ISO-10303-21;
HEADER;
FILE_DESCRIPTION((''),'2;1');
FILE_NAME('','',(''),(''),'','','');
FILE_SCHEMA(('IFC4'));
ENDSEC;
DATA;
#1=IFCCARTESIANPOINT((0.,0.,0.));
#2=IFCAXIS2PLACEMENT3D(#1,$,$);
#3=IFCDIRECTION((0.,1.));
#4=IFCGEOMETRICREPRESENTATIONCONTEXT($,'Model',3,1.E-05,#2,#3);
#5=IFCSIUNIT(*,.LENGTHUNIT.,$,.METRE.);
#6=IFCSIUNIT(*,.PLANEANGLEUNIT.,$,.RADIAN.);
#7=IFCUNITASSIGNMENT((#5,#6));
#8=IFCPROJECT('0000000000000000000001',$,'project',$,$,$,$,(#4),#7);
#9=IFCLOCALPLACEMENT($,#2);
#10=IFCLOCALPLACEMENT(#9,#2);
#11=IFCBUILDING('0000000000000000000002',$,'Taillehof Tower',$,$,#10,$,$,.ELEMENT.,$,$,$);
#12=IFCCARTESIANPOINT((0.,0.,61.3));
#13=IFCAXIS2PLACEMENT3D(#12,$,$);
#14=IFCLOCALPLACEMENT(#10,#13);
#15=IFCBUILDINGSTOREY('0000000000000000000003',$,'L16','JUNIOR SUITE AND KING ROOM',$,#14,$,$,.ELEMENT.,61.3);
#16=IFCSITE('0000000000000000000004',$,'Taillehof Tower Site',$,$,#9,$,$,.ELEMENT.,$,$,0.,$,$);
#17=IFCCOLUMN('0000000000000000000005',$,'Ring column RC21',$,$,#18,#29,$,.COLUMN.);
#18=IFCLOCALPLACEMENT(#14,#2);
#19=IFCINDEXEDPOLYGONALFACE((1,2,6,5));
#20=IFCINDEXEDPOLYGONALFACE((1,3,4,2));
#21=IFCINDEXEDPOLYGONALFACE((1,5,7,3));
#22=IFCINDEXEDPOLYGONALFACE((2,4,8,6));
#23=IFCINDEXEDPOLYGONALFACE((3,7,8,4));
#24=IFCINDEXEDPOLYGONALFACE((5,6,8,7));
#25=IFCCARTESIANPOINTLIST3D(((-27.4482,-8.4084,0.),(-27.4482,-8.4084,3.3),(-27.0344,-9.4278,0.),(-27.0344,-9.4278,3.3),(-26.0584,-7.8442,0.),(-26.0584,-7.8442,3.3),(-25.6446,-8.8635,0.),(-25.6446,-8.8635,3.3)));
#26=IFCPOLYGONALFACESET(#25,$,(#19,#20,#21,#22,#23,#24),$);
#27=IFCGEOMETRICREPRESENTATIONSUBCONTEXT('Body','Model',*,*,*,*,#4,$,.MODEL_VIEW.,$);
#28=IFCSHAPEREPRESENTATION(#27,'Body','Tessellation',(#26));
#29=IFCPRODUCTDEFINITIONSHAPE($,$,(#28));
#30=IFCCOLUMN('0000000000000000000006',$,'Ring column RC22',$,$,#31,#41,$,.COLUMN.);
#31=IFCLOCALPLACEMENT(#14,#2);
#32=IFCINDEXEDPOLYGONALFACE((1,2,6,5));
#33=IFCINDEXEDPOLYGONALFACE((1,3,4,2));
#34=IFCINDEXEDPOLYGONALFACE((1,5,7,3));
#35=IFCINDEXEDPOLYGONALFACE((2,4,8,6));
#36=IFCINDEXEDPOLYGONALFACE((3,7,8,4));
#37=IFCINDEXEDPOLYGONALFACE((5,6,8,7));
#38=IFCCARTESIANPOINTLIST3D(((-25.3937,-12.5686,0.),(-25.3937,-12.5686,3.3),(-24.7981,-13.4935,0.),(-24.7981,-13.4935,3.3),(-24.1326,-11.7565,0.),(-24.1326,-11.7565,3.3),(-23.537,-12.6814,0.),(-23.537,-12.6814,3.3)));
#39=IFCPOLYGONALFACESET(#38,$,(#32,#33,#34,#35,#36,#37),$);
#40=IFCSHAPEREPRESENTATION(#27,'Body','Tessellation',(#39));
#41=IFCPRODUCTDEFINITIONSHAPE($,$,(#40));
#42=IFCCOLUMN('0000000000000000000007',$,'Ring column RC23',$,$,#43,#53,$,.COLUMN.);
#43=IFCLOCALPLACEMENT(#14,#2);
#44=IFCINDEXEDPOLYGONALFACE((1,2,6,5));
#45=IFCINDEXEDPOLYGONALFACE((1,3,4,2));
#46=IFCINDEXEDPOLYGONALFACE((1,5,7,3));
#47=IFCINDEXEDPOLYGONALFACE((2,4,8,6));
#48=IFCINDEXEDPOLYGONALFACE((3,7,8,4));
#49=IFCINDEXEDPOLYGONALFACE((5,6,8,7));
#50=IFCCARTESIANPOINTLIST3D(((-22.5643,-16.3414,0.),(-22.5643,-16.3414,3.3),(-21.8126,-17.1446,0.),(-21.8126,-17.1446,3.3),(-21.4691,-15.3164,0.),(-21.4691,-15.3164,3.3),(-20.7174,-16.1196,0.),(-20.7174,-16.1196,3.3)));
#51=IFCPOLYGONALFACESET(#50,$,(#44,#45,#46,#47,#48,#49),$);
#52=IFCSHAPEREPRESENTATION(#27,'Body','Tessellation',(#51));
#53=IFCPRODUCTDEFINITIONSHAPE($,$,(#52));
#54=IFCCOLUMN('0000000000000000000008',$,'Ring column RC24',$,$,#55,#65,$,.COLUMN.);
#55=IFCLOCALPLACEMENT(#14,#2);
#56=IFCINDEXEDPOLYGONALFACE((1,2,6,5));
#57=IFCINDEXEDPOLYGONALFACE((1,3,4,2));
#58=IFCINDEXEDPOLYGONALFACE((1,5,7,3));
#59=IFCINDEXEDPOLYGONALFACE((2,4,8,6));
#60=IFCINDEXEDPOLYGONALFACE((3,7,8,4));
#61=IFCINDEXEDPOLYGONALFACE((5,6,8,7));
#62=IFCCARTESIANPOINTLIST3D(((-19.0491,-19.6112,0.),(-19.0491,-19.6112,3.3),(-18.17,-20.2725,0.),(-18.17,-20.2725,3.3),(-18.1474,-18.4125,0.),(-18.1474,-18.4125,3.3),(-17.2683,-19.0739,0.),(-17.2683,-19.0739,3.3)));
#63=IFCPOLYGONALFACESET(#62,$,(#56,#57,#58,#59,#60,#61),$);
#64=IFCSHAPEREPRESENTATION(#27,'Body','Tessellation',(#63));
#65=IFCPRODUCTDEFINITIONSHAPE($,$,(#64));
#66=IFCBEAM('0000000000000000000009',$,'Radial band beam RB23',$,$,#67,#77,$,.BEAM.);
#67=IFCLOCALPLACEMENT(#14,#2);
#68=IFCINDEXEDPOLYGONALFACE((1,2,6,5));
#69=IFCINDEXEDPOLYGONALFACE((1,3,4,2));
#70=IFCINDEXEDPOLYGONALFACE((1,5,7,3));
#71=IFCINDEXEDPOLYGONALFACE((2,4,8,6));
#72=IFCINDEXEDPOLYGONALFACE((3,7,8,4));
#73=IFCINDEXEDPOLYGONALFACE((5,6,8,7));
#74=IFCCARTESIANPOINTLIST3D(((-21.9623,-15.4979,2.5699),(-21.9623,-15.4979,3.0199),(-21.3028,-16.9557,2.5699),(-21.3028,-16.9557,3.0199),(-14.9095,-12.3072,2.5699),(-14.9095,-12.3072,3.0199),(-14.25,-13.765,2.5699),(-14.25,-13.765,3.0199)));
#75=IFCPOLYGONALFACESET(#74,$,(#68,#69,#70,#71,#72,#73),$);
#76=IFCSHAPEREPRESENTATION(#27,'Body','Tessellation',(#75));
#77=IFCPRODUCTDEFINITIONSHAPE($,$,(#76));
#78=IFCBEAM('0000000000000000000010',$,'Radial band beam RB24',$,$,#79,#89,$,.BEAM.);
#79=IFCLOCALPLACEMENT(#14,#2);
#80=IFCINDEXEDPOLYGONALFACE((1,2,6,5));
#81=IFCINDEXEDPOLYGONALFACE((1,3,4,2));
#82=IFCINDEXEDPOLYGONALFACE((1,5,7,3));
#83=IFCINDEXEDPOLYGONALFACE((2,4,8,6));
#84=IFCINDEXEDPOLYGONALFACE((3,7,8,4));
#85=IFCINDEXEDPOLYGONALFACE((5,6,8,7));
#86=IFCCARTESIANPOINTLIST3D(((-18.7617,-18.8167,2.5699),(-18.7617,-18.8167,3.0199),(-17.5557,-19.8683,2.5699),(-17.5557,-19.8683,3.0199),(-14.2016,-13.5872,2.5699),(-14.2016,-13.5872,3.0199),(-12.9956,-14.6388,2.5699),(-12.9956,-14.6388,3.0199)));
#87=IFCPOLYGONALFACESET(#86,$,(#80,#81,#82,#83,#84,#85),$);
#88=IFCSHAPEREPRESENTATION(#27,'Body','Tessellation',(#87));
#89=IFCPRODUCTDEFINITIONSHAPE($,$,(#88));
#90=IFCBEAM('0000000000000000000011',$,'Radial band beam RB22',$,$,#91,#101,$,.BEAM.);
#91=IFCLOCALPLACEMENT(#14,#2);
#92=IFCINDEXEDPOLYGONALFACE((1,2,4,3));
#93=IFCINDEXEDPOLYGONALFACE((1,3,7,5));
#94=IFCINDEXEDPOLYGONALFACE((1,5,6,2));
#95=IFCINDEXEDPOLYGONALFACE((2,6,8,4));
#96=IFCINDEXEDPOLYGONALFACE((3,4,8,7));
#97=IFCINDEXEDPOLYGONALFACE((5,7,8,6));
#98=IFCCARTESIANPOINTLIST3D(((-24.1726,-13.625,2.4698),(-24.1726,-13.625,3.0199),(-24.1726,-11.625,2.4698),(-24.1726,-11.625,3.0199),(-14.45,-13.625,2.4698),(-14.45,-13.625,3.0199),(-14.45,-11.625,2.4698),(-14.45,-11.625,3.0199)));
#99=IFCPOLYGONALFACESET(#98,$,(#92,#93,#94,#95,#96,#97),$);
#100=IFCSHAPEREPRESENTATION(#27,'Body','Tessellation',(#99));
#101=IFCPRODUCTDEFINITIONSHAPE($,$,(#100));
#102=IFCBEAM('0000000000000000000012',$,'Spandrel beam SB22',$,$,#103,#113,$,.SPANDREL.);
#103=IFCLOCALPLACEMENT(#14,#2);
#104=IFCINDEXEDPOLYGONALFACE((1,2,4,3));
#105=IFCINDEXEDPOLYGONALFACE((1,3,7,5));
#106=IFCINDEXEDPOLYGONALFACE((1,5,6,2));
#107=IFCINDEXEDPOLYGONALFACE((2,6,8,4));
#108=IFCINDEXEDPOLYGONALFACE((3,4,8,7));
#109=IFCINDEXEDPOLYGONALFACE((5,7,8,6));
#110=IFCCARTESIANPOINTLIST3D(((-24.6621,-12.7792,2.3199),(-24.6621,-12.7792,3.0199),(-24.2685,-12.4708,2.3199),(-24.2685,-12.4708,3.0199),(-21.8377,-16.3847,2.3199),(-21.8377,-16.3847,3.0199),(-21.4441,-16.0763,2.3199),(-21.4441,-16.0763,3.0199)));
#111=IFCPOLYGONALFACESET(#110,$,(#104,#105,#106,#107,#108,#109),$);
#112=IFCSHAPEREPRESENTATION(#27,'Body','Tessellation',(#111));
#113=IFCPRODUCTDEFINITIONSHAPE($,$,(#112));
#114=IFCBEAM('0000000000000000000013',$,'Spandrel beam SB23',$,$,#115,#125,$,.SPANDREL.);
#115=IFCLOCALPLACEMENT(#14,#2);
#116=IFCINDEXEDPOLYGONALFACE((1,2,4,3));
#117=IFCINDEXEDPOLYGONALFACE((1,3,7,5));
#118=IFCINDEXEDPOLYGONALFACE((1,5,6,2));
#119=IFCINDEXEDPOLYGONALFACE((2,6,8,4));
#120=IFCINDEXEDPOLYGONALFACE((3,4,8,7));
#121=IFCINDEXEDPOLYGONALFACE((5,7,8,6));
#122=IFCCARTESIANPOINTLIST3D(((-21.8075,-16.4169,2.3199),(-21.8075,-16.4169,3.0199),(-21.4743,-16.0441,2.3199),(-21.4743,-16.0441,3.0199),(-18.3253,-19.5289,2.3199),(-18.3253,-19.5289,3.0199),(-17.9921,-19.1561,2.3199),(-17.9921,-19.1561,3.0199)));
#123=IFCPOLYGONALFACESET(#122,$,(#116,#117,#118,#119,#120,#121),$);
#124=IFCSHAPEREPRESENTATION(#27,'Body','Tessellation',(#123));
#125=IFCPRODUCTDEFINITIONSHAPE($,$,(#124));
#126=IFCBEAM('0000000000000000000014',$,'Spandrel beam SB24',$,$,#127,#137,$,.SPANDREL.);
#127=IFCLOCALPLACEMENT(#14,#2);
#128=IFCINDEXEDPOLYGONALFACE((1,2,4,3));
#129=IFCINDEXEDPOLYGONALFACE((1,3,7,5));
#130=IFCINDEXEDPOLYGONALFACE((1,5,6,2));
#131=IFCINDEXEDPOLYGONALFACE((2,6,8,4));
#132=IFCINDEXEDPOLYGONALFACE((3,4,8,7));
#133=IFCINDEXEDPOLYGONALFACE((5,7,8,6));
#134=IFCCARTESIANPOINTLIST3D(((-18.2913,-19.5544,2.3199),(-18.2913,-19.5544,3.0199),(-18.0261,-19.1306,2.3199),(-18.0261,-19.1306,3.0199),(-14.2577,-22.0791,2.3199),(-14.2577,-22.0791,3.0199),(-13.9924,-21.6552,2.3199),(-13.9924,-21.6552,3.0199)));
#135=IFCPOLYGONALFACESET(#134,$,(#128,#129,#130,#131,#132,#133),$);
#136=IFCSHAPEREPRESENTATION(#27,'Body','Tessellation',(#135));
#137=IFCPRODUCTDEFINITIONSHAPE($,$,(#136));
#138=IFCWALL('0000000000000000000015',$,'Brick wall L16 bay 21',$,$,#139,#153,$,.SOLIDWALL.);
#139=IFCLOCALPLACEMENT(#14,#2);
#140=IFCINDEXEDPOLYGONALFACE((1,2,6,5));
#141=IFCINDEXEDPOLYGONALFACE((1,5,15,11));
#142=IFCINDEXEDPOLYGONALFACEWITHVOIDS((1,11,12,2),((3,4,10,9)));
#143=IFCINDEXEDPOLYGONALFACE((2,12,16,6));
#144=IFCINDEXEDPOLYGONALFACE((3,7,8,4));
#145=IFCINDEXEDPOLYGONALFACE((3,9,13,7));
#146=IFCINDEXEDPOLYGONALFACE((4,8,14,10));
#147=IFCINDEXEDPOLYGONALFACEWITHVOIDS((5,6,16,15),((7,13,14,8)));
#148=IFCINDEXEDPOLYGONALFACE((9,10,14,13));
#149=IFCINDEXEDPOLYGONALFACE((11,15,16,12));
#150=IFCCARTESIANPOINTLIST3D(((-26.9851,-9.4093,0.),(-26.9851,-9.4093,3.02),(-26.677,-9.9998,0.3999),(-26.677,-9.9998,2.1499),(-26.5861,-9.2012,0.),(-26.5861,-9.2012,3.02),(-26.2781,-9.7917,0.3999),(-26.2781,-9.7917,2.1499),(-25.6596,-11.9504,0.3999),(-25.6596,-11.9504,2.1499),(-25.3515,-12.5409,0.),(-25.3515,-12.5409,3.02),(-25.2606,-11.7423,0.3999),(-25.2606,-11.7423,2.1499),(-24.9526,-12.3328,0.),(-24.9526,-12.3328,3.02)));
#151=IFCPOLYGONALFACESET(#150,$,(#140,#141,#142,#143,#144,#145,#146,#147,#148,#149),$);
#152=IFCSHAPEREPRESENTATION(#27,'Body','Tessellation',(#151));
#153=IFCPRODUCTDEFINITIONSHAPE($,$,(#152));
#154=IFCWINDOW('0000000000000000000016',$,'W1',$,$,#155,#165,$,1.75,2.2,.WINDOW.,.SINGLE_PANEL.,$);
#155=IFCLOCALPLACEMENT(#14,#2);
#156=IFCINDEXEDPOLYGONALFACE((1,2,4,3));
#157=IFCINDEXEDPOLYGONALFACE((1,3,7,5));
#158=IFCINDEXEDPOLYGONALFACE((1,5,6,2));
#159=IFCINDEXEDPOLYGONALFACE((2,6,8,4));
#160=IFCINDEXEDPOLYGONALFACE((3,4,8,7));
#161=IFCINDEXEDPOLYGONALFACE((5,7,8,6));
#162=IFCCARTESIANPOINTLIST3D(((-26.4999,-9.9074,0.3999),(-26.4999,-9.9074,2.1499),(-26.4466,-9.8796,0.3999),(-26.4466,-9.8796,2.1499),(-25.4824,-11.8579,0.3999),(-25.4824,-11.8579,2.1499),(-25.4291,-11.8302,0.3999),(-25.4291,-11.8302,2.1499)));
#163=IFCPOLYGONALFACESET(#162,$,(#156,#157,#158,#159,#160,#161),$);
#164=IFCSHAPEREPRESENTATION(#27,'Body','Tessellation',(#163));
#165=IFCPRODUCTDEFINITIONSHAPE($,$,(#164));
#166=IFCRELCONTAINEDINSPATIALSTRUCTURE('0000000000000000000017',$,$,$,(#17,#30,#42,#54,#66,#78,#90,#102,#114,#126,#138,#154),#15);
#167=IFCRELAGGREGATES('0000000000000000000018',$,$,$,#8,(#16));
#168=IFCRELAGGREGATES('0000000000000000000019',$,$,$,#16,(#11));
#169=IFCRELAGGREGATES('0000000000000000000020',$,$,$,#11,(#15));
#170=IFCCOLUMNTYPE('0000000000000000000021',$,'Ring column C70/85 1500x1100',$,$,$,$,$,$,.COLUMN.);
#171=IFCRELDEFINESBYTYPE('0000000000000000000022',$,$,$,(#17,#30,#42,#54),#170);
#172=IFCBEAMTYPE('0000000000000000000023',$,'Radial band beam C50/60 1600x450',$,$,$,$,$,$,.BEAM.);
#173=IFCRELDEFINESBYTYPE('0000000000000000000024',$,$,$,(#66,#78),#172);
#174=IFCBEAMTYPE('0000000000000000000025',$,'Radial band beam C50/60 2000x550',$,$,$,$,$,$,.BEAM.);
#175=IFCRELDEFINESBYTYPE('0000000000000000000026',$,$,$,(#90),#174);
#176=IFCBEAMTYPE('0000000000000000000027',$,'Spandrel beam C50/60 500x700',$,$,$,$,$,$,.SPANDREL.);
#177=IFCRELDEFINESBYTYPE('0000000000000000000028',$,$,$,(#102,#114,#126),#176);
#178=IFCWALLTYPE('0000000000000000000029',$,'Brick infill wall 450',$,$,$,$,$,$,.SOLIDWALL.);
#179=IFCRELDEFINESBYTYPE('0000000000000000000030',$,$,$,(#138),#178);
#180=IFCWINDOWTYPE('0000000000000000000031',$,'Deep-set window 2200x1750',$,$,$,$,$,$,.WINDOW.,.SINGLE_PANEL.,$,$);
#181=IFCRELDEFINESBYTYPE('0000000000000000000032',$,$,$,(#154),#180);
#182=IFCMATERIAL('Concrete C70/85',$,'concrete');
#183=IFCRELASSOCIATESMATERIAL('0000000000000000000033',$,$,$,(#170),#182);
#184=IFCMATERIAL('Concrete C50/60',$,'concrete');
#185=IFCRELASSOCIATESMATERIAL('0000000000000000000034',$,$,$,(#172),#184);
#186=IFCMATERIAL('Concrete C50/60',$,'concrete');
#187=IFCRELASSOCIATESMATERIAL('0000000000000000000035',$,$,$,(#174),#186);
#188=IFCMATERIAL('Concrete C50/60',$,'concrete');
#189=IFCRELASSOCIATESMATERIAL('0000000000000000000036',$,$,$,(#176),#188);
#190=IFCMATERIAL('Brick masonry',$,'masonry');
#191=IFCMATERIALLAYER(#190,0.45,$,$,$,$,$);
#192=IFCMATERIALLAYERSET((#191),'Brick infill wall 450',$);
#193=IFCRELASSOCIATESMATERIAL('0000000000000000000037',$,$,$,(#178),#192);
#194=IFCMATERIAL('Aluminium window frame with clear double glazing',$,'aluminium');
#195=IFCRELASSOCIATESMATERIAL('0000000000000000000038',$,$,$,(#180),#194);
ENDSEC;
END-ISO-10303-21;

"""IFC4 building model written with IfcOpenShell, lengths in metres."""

from ifc_helpers import new_model, si_unit, direction, frame, frame_2d, origin, origin_2d, place, context, subcontext, project, spatial, rectangle, extrude, material, layer, layer_set, material_profile, profile_set, type_object, element, fill, save


model = new_model("IFC4")

# Units and contexts
model_context = context("Model", 3, precision=1e-05, world=origin(), true_north=direction((0.0, 1.0)))
body_context = subcontext(model_context, "Body", "Model", "MODEL_VIEW")
ifc_project = project(units=[si_unit("LENGTHUNIT", "METRE"), si_unit("PLANEANGLEUNIT", "RADIAN")], contexts=[model_context])

# Site, building, storey
site_placement = place(None, origin())
site = spatial("IfcSite", under=ifc_project, at=site_placement, Name="Taillehof Tower Site", CompositionType="ELEMENT", RefElevation=0.0)
building_placement = place(site_placement, origin())
building = spatial("IfcBuilding", under=site, at=building_placement, Name="Taillehof Tower", CompositionType="ELEMENT")
storey_placement = place(building_placement, frame((0.0, 0.0, 61.3)))
storey = spatial("IfcBuildingStorey", under=building, at=storey_placement, Name="L16", Description="JUNIOR SUITE AND KING ROOM", CompositionType="ELEMENT", Elevation=61.3)

# Columns
ifc_material_1 = material(Name="Concrete C70/85", Category="concrete")
ifc_material_profile_1 = material_profile(ifc_material_1, rectangle(XDim=1.5, YDim=1.1001, at=origin_2d()), Name="RC 1500x1100")
ifc_profile_set_1 = profile_set([ifc_material_profile_1], Name="Concrete C70/85")
column_type = type_object("IfcColumnType", Name="Ring column C70/85 1500x1100", PredefinedType="COLUMN", material=ifc_profile_set_1)
for number, where, z_axis, x_axis, name in (
    (1, (-26.5464, -8.636, 0.0), (0.0, 0.0, 1.0), (-0.926558, -0.376152, 0.0), "Ring column RC21"),
    (2, (-24.4653, -12.625, 0.0), (0.0, 0.0, 1.0), (-0.840754, -0.541418, 0.0), "Ring column RC22"),
    (3, (-21.6409, -16.2305, 0.0), (0.0, 0.0, 1.0), (-0.730113, -0.683326, 0.0), "Ring column RC23"),
    (4, (-18.1587, -19.3425, 0.0), (0.0, 0.0, 1.0), (-0.601174, -0.799118, 0.0), "Ring column RC24"),
):
    element("IfcColumn", number, at=place(storey_placement, frame(where, z_axis=z_axis, x_axis=x_axis)), inside=storey, type_object=column_type, Name=name, PredefinedType="COLUMN", context=body_context, shape_type="SweptSolid", body=[
        extrude(rectangle(XDim=1.5, YDim=1.1001, at=origin_2d()), origin(), (0.0, 0.0, 1.0), 3.3),
    ])

# Beams
ifc_material_2 = material(Name="Concrete C50/60", Category="concrete")
ifc_material_profile_2 = material_profile(ifc_material_2, rectangle(XDim=1.6001, YDim=0.45, at=origin_2d()), Name="RC 1600x450")
ifc_profile_set_2 = profile_set([ifc_material_profile_2], Name="Concrete C50/60")
beam_type_1 = type_object("IfcBeamType", Name="Radial band beam C50/60 1600x450", PredefinedType="BEAM", material=ifc_profile_set_2)
beam_1_placement = place(storey_placement, frame((-21.6326, -16.2268, 2.7949), z_axis=(0.911101, 0.412184, 0.0), x_axis=(-0.412184, 0.911101, 0.0)))
element("IfcBeam", 5, at=beam_1_placement, inside=storey, type_object=beam_type_1, Name="Radial band beam RB23", PredefinedType="BEAM", context=body_context, shape_type="SweptSolid", body=[
    extrude(rectangle(XDim=1.6001, YDim=0.45, at=origin_2d()), origin(), (0.0, 0.0, 1.0), 7.741),
])
beam_2_placement = place(storey_placement, frame((-18.1587, -19.3425, 2.7949), z_axis=(0.657218, 0.7537, 0.0), x_axis=(-0.7537, 0.657218, 0.0)))
element("IfcBeam", 6, at=beam_2_placement, inside=storey, type_object=beam_type_1, Name="Radial band beam RB24", PredefinedType="BEAM", context=body_context, shape_type="SweptSolid", body=[
    extrude(rectangle(XDim=1.6001, YDim=0.45, at=origin_2d()), origin(), (0.0, 0.0, 1.0), 6.9385),
])
ifc_material_3 = material(Name="Concrete C50/60", Category="concrete")
ifc_material_profile_3 = material_profile(ifc_material_3, rectangle(XDim=2.0, YDim=0.55, at=origin_2d()), Name="RC 2000x550")
ifc_profile_set_3 = profile_set([ifc_material_profile_3], Name="Concrete C50/60")
beam_type_2 = type_object("IfcBeamType", Name="Radial band beam C50/60 2000x550", PredefinedType="BEAM", material=ifc_profile_set_3)
beam_3_placement = place(storey_placement, frame((-24.1726, -12.625, 2.7449), z_axis=(1.0, 0.0, 0.0), x_axis=(0.0, 1.0, 0.0)))
element("IfcBeam", 7, at=beam_3_placement, inside=storey, type_object=beam_type_2, Name="Radial band beam RB22", PredefinedType="BEAM", context=body_context, shape_type="SweptSolid", body=[
    extrude(rectangle(XDim=2.0, YDim=0.55, at=origin_2d()), origin(), (0.0, 0.0, 1.0), 9.7227),
])
ifc_material_4 = material(Name="Concrete C50/60", Category="concrete")
ifc_material_profile_4 = material_profile(ifc_material_4, rectangle(XDim=0.5, YDim=0.7, at=origin_2d()), Name="RC 500x700")
ifc_profile_set_4 = profile_set([ifc_material_profile_4], Name="Concrete C50/60")
beam_type_3 = type_object("IfcBeamType", Name="Spandrel beam C50/60 500x700", PredefinedType="SPANDREL", material=ifc_profile_set_4)
beam_4_placement = place(storey_placement, frame((-24.4653, -12.625, 2.6699), z_axis=(0.616686, -0.787209, 0.0), x_axis=(0.787209, 0.616686, 0.0)))
element("IfcBeam", 8, at=beam_4_placement, inside=storey, type_object=beam_type_3, Name="Spandrel beam SB22", PredefinedType="SPANDREL", context=body_context, shape_type="SweptSolid", body=[
    extrude(rectangle(XDim=0.5, YDim=0.7, at=origin_2d()), origin(), (0.0, 0.0, 1.0), 4.5801),
])
beam_5_placement = place(storey_placement, frame((-21.6409, -16.2305, 2.6699), z_axis=(0.745621, -0.66637, 0.0), x_axis=(0.66637, 0.745621, 0.0)))
element("IfcBeam", 9, at=beam_5_placement, inside=storey, type_object=beam_type_3, Name="Spandrel beam SB23", PredefinedType="SPANDREL", context=body_context, shape_type="SweptSolid", body=[
    extrude(rectangle(XDim=0.5, YDim=0.7, at=origin_2d()), origin(), (0.0, 0.0, 1.0), 4.6702),
])
beam_6_placement = place(storey_placement, frame((-18.1587, -19.3425, 2.6699), z_axis=(0.847658, -0.530543, 0.0), x_axis=(0.530543, 0.847658, 0.0)))
element("IfcBeam", 10, at=beam_6_placement, inside=storey, type_object=beam_type_3, Name="Spandrel beam SB24", PredefinedType="SPANDREL", context=body_context, shape_type="SweptSolid", body=[
    extrude(rectangle(XDim=0.5, YDim=0.7, at=origin_2d()), origin(), (0.0, 0.0, 1.0), 4.7585),
])

# Wall, opening, window
ifc_material_5 = material(Name="Brick masonry", Category="masonry")
ifc_layer_1 = layer(ifc_material_5, 0.45)
ifc_layer_set_1 = layer_set([ifc_layer_1], Name="Brick infill wall 450")
wall_type_1 = type_object("IfcWallType", Name="Brick infill wall 450", PredefinedType="SOLIDWALL", material=ifc_layer_set_1)
wall_1_placement = place(storey_placement, frame((-26.7856, -9.3052, 0.0), z_axis=(0.0, 0.0, 1.0), x_axis=(0.462493, -0.886623, 0.0)))
wall_1 = element("IfcWall", 11, at=wall_1_placement, inside=storey, type_object=wall_type_1, Name="Brick wall L16 bay 21", PredefinedType="SOLIDWALL", context=body_context, shape_type="SweptSolid", body=[
    extrude(rectangle(XDim=3.532, YDim=0.45, at=frame_2d((1.7661, 0.0))), origin(), (0.0, 0.0, 1.0), 3.02),
])
opening_1_placement = place(wall_1_placement, frame((0.666, 0.0, 0.3999)))
opening_1 = element("IfcOpeningElement", 12, at=opening_1_placement, cuts=wall_1, PredefinedType="OPENING", context=body_context, shape_type="SweptSolid", body=[
    extrude(rectangle(XDim=2.2, YDim=1.75, at=frame_2d((1.1001, 0.875))), frame((0.0, 0.2349, 0.0), z_axis=(0.0, -1.0, 0.0), x_axis=(1.0, 0.0, 0.0)), (0.0, 0.0, 1.0), 0.47),
])
ifc_material_6 = material(Name="Aluminium window frame with clear double glazing", Category="aluminium")
window_type = type_object("IfcWindowType", Name="Deep-set window 2200x1750", PartitioningType="SINGLE_PANEL", PredefinedType="WINDOW", material=ifc_material_6)
window_1_placement = place(opening_1_placement, origin())
window_1 = element("IfcWindow", 13, at=window_1_placement, inside=storey, type_object=window_type, Name="W1", OverallHeight=1.75, OverallWidth=2.2, PartitioningType="SINGLE_PANEL", PredefinedType="WINDOW", context=body_context, shape_type="SweptSolid", body=[
    extrude(rectangle(XDim=2.2, YDim=1.75, at=frame_2d((1.1001, 0.875))), frame((0.0, 0.0349, 0.0), z_axis=(0.0, -1.0, 0.0), x_axis=(1.0, 0.0, 0.0)), (0.0, 0.0, 1.0), 0.0601),
])
fill(opening_1, window_1)

save(model, "model.ifc")
